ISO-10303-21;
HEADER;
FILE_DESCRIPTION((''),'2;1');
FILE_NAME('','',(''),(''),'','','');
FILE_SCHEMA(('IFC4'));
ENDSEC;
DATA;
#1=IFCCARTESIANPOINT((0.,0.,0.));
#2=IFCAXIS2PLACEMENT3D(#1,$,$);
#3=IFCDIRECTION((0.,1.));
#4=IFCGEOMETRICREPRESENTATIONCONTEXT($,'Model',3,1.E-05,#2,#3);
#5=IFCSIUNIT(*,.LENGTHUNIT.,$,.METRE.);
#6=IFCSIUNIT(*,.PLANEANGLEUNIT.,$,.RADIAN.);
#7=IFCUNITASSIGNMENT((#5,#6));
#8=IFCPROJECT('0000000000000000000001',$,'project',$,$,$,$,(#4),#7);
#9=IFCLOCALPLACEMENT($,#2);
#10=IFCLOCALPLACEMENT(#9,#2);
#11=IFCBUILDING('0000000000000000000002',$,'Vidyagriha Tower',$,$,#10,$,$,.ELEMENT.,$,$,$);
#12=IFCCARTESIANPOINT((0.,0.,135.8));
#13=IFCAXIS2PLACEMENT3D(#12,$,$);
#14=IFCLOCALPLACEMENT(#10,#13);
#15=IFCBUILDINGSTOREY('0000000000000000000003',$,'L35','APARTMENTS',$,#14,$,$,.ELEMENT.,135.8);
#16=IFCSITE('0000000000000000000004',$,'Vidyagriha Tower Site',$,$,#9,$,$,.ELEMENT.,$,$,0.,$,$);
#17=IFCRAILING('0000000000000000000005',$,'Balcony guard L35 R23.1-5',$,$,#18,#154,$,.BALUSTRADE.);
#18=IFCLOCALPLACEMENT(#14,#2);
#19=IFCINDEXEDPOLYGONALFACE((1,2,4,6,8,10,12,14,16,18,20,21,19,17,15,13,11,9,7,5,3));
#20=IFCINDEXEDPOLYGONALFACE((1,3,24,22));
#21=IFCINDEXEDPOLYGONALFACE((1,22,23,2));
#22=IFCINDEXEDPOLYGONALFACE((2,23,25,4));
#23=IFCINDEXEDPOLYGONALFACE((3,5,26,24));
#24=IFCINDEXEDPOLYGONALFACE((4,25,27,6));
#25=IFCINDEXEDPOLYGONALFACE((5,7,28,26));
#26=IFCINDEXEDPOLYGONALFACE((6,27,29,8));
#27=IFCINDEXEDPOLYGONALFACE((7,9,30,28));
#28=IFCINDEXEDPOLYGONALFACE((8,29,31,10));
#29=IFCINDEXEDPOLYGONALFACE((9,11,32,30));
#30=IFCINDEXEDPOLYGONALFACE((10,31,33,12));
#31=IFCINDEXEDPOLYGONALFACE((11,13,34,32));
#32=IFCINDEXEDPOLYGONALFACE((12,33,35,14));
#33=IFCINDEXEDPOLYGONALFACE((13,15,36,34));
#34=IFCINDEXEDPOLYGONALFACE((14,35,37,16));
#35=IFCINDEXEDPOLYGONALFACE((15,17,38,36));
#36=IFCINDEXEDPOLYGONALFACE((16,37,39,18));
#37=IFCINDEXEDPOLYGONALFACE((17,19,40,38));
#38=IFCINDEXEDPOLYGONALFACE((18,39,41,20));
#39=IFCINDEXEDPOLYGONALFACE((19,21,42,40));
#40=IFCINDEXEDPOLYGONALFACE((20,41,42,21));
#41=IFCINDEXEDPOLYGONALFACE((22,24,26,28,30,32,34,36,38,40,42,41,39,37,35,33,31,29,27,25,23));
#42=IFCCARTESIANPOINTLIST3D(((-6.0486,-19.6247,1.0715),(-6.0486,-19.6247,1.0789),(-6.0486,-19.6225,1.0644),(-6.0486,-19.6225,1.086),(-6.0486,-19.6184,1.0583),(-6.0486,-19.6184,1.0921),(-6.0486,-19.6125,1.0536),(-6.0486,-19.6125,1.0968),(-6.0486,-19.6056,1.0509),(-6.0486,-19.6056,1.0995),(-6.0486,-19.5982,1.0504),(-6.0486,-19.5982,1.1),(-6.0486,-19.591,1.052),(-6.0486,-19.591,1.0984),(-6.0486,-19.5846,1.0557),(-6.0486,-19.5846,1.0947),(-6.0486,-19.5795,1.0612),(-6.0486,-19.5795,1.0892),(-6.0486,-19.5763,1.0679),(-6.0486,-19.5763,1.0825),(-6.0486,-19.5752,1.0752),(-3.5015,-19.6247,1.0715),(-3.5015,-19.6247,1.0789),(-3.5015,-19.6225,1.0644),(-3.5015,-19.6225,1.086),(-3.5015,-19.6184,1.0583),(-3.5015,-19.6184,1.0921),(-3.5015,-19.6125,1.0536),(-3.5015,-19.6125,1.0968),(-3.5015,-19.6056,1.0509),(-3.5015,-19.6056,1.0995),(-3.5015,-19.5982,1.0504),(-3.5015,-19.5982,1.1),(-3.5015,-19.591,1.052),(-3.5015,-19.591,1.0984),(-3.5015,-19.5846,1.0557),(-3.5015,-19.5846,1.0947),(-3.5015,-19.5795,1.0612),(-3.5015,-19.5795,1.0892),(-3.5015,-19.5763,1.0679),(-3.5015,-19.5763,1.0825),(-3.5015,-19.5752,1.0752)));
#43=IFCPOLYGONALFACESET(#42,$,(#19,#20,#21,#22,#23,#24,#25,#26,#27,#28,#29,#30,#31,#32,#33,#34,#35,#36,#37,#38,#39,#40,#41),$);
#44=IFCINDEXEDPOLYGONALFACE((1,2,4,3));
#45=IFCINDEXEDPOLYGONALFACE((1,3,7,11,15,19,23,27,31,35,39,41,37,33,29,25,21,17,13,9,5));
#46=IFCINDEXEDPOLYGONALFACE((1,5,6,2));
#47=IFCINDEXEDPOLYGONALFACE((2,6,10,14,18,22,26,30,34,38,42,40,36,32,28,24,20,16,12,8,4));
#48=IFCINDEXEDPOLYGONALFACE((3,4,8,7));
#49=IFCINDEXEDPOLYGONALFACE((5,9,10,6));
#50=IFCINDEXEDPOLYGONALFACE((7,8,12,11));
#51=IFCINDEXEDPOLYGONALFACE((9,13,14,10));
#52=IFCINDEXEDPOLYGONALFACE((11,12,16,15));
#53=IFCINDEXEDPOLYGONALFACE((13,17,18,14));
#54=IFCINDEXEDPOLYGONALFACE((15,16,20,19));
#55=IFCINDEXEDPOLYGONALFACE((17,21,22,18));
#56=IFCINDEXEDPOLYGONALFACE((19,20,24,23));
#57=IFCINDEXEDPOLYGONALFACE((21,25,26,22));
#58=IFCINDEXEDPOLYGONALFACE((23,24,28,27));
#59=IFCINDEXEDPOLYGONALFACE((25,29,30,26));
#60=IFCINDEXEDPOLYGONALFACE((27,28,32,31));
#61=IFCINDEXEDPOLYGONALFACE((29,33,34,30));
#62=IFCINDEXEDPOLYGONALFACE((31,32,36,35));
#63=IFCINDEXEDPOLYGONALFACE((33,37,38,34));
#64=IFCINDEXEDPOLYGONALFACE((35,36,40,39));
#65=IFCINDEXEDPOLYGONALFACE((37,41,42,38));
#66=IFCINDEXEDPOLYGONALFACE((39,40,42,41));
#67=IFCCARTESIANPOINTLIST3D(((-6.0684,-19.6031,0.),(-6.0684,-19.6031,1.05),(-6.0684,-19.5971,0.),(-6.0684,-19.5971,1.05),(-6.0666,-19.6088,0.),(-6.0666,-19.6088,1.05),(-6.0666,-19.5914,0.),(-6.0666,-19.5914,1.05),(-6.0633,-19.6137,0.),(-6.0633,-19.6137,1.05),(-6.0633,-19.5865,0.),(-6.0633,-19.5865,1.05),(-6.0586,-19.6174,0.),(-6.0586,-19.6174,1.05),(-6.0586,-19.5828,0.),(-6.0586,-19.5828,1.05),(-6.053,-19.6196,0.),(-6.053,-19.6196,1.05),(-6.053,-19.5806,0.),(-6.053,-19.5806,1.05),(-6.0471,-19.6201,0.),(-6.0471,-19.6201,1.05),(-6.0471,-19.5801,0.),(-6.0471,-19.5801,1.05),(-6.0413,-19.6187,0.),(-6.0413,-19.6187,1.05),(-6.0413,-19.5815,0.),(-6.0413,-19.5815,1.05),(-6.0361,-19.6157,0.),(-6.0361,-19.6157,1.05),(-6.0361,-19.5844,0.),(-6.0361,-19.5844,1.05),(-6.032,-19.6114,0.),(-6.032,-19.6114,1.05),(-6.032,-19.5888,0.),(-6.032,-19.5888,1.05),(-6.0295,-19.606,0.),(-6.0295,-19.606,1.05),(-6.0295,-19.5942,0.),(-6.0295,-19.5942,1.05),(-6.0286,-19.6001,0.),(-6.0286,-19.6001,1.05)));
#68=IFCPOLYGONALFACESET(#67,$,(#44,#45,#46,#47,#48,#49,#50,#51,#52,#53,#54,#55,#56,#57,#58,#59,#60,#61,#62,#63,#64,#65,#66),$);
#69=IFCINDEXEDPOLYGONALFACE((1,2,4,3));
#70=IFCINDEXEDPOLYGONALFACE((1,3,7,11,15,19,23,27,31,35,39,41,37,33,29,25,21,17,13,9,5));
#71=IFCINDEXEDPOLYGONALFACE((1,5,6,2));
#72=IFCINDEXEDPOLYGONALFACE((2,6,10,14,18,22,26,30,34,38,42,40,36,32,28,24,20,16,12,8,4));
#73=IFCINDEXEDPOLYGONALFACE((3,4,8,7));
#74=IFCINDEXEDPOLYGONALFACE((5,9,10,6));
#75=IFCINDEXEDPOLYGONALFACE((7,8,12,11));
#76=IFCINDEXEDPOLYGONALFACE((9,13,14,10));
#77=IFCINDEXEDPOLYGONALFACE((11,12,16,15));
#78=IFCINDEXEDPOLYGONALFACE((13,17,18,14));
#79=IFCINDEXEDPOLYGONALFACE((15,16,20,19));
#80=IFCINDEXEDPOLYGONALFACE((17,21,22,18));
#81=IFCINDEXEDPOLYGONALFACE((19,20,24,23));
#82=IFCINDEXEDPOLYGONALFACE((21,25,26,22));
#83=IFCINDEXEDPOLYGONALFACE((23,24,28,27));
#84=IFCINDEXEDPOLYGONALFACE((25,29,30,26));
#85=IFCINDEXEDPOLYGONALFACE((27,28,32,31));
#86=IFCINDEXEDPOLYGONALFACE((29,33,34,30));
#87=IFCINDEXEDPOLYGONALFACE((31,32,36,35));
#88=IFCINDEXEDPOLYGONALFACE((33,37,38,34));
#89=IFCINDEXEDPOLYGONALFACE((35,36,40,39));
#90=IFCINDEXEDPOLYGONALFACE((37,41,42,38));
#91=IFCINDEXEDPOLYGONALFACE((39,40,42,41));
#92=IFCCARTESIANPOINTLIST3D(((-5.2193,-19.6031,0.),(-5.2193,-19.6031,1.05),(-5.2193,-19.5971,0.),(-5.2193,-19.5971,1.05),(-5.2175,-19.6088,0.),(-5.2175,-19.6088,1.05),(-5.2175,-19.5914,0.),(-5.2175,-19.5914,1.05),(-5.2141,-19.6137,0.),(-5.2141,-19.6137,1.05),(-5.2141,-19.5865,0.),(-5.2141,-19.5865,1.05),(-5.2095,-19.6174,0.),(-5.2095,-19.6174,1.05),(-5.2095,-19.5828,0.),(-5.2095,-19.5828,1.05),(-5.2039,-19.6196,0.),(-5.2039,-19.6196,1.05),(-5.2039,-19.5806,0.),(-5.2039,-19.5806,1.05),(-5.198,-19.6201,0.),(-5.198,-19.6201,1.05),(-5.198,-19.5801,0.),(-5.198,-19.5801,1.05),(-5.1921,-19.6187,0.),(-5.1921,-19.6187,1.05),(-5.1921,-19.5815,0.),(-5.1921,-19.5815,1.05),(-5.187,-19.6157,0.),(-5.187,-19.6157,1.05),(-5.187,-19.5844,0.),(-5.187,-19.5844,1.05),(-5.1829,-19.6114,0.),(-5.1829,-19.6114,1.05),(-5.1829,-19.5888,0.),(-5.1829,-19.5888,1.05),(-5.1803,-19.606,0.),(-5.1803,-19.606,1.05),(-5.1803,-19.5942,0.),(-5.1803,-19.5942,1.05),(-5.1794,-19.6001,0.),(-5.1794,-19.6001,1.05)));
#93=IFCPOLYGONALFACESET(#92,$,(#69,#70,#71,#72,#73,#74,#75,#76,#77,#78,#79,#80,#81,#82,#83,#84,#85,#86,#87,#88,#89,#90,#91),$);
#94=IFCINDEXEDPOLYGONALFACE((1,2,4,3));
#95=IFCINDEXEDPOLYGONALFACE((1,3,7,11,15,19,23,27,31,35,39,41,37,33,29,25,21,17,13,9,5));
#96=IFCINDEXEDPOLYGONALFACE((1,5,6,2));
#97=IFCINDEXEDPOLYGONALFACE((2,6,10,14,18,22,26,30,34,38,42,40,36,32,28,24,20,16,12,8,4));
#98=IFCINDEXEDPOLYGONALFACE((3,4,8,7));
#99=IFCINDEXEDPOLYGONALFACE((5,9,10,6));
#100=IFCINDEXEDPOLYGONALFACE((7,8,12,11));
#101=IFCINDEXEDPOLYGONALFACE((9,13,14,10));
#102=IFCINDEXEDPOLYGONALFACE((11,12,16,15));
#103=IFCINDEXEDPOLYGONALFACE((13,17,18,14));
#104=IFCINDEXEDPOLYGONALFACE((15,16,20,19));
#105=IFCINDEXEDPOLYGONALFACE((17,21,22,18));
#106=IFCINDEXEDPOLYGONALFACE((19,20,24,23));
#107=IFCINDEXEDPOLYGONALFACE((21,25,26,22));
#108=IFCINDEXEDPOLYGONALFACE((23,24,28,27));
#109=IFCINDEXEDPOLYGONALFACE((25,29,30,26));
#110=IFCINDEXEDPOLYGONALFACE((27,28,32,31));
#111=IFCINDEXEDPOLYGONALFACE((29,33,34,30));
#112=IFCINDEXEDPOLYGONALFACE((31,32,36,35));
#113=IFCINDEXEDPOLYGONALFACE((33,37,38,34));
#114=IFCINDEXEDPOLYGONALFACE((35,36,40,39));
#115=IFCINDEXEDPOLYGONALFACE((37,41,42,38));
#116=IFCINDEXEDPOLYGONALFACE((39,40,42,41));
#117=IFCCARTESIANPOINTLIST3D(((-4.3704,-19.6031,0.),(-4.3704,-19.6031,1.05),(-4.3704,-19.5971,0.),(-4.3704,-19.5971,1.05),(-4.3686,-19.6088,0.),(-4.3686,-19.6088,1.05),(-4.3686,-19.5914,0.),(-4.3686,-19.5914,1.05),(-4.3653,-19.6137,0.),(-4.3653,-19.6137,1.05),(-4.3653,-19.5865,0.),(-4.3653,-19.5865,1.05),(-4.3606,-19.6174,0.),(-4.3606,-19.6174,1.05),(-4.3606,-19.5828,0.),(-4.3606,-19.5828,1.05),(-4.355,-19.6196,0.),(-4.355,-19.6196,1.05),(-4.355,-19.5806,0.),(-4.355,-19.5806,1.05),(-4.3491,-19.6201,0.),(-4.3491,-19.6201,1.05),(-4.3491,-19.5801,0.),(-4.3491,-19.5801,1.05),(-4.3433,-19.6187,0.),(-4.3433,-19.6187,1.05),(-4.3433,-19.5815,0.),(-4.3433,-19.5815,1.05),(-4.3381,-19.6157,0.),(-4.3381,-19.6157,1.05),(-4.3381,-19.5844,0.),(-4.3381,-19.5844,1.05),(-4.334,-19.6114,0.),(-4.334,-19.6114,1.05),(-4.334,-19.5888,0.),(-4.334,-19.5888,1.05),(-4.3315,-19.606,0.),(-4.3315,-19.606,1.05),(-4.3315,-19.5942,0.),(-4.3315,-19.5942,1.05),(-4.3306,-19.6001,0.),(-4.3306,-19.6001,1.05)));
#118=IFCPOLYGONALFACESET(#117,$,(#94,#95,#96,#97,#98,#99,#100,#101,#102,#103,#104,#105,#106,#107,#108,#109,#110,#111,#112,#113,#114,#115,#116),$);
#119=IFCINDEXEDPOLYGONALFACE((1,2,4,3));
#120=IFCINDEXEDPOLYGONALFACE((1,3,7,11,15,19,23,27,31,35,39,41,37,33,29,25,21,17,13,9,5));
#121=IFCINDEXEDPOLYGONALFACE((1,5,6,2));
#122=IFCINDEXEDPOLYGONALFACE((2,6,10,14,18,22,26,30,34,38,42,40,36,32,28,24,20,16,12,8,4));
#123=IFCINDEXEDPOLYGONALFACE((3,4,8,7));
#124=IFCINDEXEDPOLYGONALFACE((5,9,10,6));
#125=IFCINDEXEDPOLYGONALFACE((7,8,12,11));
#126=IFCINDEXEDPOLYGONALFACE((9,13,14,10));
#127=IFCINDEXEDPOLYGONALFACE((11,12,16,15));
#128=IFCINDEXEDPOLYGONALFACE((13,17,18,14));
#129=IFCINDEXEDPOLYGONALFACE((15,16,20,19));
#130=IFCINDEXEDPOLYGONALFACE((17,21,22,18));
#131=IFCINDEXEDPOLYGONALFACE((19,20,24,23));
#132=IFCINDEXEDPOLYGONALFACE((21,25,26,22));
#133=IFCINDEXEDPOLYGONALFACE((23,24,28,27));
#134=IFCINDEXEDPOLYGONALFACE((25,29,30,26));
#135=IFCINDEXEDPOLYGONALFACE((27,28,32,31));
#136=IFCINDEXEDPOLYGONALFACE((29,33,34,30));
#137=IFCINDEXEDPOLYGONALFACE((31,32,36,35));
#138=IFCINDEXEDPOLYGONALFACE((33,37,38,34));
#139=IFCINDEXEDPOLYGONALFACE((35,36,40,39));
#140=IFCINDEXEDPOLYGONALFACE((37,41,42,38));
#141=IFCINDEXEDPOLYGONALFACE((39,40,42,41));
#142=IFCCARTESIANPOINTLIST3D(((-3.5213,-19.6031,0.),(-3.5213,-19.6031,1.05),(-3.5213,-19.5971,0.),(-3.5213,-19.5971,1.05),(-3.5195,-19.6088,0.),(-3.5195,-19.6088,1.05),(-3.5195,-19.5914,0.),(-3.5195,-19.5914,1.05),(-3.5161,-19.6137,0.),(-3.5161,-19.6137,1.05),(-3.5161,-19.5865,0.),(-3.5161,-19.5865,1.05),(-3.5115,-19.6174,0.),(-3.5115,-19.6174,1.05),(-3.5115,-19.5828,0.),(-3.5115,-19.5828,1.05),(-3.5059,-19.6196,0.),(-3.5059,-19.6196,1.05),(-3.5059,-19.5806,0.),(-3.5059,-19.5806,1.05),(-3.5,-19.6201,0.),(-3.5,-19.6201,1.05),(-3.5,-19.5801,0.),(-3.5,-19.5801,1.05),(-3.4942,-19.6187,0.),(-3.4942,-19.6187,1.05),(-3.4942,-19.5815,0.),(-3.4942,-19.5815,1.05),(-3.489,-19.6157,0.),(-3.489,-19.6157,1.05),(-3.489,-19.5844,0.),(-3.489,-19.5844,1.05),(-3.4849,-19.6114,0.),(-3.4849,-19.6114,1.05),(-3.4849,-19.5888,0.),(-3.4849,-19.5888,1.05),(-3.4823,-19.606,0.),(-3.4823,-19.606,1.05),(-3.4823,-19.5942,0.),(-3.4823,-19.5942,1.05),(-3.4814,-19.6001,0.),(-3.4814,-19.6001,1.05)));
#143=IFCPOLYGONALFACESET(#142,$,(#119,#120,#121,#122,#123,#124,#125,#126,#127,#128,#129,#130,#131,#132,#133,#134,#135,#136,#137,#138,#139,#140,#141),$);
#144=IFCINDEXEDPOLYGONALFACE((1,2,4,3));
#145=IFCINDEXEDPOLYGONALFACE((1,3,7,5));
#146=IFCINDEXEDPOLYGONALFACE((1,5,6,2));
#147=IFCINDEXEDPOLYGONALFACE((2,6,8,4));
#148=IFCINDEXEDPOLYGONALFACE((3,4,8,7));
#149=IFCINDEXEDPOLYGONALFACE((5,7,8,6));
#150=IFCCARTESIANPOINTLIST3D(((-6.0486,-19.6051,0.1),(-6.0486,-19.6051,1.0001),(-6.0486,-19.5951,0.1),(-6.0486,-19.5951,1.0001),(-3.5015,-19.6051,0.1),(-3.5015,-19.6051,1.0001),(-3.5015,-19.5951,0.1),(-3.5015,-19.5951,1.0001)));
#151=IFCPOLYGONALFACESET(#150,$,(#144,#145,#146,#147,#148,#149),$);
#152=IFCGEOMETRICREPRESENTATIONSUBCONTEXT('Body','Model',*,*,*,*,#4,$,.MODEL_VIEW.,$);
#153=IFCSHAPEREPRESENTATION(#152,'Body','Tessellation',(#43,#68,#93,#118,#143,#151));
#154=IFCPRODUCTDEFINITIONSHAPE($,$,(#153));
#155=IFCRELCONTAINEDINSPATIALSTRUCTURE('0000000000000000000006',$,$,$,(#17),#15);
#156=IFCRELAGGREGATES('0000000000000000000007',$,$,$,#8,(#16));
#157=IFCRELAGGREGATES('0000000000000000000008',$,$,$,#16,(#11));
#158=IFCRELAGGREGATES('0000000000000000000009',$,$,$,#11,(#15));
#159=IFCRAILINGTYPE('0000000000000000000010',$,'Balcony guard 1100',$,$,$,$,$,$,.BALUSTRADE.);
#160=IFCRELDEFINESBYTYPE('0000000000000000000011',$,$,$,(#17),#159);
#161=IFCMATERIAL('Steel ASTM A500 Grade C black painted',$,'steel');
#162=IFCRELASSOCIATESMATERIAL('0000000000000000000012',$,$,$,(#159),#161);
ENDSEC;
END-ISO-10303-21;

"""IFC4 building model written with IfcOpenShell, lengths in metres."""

from ifc_helpers import new_model, si_unit, direction, frame, origin, origin_2d, place, context, subcontext, project, spatial, rectangle, circle, extrude, material, type_object, element, save


model = new_model("IFC4")

# Units and contexts
model_context = context("Model", 3, precision=1e-05, world=origin(), true_north=direction((0.0, 1.0)))
body_context = subcontext(model_context, "Body", "Model", "MODEL_VIEW")
ifc_project = project(units=[si_unit("LENGTHUNIT", "METRE"), si_unit("PLANEANGLEUNIT", "RADIAN")], contexts=[model_context])

# Site, building, storey
site_placement = place(None, origin())
site = spatial("IfcSite", under=ifc_project, at=site_placement, Name="Vidyagriha Tower Site", CompositionType="ELEMENT", RefElevation=0.0)
building_placement = place(site_placement, origin())
building = spatial("IfcBuilding", under=site, at=building_placement, Name="Vidyagriha Tower", CompositionType="ELEMENT")
storey_placement = place(building_placement, frame((0.0, 0.0, 135.8)))
storey = spatial("IfcBuildingStorey", under=building, at=storey_placement, Name="L35", Description="APARTMENTS", CompositionType="ELEMENT", Elevation=135.8)

# Railing
ifc_material_1 = material(Name="Steel ASTM A500 Grade C black painted", Category="steel")
railing_type = type_object("IfcRailingType", Name="Balcony guard 1100", PredefinedType="BALUSTRADE", material=ifc_material_1)
railing_1_placement = place(storey_placement, frame((-6.0486, -19.6001, 0.0)))
element("IfcRailing", 1, at=railing_1_placement, inside=storey, type_object=railing_type, Name="Balcony guard L35 R23.1-5", PredefinedType="BALUSTRADE", context=body_context, shape_type="SweptSolid", body=[
    extrude(circle(Radius=0.0249, at=origin_2d()), frame((0.0, 0.0, 1.0752), z_axis=(1.0, 0.0, 0.0), x_axis=(0.0, 1.0, 0.0)), (0.0, 0.0, 1.0), 2.5471),
    extrude(circle(Radius=0.02, at=origin_2d()), origin(), (0.0, 0.0, 1.0), 1.05),
    extrude(circle(Radius=0.02, at=origin_2d()), frame((0.8491, 0.0, 0.0)), (0.0, 0.0, 1.0), 1.05),
    extrude(circle(Radius=0.02, at=origin_2d()), frame((1.698, 0.0, 0.0)), (0.0, 0.0, 1.0), 1.05),
    extrude(circle(Radius=0.02, at=origin_2d()), frame((2.5471, 0.0, 0.0)), (0.0, 0.0, 1.0), 1.05),
    extrude(rectangle(XDim=0.01, YDim=0.9001, at=origin_2d()), frame((0.0, 0.0, 0.55), z_axis=(1.0, 0.0, 0.0), x_axis=(0.0, 1.0, 0.0)), (0.0, 0.0, 1.0), 2.5471),
])

save(model, "model.ifc")
